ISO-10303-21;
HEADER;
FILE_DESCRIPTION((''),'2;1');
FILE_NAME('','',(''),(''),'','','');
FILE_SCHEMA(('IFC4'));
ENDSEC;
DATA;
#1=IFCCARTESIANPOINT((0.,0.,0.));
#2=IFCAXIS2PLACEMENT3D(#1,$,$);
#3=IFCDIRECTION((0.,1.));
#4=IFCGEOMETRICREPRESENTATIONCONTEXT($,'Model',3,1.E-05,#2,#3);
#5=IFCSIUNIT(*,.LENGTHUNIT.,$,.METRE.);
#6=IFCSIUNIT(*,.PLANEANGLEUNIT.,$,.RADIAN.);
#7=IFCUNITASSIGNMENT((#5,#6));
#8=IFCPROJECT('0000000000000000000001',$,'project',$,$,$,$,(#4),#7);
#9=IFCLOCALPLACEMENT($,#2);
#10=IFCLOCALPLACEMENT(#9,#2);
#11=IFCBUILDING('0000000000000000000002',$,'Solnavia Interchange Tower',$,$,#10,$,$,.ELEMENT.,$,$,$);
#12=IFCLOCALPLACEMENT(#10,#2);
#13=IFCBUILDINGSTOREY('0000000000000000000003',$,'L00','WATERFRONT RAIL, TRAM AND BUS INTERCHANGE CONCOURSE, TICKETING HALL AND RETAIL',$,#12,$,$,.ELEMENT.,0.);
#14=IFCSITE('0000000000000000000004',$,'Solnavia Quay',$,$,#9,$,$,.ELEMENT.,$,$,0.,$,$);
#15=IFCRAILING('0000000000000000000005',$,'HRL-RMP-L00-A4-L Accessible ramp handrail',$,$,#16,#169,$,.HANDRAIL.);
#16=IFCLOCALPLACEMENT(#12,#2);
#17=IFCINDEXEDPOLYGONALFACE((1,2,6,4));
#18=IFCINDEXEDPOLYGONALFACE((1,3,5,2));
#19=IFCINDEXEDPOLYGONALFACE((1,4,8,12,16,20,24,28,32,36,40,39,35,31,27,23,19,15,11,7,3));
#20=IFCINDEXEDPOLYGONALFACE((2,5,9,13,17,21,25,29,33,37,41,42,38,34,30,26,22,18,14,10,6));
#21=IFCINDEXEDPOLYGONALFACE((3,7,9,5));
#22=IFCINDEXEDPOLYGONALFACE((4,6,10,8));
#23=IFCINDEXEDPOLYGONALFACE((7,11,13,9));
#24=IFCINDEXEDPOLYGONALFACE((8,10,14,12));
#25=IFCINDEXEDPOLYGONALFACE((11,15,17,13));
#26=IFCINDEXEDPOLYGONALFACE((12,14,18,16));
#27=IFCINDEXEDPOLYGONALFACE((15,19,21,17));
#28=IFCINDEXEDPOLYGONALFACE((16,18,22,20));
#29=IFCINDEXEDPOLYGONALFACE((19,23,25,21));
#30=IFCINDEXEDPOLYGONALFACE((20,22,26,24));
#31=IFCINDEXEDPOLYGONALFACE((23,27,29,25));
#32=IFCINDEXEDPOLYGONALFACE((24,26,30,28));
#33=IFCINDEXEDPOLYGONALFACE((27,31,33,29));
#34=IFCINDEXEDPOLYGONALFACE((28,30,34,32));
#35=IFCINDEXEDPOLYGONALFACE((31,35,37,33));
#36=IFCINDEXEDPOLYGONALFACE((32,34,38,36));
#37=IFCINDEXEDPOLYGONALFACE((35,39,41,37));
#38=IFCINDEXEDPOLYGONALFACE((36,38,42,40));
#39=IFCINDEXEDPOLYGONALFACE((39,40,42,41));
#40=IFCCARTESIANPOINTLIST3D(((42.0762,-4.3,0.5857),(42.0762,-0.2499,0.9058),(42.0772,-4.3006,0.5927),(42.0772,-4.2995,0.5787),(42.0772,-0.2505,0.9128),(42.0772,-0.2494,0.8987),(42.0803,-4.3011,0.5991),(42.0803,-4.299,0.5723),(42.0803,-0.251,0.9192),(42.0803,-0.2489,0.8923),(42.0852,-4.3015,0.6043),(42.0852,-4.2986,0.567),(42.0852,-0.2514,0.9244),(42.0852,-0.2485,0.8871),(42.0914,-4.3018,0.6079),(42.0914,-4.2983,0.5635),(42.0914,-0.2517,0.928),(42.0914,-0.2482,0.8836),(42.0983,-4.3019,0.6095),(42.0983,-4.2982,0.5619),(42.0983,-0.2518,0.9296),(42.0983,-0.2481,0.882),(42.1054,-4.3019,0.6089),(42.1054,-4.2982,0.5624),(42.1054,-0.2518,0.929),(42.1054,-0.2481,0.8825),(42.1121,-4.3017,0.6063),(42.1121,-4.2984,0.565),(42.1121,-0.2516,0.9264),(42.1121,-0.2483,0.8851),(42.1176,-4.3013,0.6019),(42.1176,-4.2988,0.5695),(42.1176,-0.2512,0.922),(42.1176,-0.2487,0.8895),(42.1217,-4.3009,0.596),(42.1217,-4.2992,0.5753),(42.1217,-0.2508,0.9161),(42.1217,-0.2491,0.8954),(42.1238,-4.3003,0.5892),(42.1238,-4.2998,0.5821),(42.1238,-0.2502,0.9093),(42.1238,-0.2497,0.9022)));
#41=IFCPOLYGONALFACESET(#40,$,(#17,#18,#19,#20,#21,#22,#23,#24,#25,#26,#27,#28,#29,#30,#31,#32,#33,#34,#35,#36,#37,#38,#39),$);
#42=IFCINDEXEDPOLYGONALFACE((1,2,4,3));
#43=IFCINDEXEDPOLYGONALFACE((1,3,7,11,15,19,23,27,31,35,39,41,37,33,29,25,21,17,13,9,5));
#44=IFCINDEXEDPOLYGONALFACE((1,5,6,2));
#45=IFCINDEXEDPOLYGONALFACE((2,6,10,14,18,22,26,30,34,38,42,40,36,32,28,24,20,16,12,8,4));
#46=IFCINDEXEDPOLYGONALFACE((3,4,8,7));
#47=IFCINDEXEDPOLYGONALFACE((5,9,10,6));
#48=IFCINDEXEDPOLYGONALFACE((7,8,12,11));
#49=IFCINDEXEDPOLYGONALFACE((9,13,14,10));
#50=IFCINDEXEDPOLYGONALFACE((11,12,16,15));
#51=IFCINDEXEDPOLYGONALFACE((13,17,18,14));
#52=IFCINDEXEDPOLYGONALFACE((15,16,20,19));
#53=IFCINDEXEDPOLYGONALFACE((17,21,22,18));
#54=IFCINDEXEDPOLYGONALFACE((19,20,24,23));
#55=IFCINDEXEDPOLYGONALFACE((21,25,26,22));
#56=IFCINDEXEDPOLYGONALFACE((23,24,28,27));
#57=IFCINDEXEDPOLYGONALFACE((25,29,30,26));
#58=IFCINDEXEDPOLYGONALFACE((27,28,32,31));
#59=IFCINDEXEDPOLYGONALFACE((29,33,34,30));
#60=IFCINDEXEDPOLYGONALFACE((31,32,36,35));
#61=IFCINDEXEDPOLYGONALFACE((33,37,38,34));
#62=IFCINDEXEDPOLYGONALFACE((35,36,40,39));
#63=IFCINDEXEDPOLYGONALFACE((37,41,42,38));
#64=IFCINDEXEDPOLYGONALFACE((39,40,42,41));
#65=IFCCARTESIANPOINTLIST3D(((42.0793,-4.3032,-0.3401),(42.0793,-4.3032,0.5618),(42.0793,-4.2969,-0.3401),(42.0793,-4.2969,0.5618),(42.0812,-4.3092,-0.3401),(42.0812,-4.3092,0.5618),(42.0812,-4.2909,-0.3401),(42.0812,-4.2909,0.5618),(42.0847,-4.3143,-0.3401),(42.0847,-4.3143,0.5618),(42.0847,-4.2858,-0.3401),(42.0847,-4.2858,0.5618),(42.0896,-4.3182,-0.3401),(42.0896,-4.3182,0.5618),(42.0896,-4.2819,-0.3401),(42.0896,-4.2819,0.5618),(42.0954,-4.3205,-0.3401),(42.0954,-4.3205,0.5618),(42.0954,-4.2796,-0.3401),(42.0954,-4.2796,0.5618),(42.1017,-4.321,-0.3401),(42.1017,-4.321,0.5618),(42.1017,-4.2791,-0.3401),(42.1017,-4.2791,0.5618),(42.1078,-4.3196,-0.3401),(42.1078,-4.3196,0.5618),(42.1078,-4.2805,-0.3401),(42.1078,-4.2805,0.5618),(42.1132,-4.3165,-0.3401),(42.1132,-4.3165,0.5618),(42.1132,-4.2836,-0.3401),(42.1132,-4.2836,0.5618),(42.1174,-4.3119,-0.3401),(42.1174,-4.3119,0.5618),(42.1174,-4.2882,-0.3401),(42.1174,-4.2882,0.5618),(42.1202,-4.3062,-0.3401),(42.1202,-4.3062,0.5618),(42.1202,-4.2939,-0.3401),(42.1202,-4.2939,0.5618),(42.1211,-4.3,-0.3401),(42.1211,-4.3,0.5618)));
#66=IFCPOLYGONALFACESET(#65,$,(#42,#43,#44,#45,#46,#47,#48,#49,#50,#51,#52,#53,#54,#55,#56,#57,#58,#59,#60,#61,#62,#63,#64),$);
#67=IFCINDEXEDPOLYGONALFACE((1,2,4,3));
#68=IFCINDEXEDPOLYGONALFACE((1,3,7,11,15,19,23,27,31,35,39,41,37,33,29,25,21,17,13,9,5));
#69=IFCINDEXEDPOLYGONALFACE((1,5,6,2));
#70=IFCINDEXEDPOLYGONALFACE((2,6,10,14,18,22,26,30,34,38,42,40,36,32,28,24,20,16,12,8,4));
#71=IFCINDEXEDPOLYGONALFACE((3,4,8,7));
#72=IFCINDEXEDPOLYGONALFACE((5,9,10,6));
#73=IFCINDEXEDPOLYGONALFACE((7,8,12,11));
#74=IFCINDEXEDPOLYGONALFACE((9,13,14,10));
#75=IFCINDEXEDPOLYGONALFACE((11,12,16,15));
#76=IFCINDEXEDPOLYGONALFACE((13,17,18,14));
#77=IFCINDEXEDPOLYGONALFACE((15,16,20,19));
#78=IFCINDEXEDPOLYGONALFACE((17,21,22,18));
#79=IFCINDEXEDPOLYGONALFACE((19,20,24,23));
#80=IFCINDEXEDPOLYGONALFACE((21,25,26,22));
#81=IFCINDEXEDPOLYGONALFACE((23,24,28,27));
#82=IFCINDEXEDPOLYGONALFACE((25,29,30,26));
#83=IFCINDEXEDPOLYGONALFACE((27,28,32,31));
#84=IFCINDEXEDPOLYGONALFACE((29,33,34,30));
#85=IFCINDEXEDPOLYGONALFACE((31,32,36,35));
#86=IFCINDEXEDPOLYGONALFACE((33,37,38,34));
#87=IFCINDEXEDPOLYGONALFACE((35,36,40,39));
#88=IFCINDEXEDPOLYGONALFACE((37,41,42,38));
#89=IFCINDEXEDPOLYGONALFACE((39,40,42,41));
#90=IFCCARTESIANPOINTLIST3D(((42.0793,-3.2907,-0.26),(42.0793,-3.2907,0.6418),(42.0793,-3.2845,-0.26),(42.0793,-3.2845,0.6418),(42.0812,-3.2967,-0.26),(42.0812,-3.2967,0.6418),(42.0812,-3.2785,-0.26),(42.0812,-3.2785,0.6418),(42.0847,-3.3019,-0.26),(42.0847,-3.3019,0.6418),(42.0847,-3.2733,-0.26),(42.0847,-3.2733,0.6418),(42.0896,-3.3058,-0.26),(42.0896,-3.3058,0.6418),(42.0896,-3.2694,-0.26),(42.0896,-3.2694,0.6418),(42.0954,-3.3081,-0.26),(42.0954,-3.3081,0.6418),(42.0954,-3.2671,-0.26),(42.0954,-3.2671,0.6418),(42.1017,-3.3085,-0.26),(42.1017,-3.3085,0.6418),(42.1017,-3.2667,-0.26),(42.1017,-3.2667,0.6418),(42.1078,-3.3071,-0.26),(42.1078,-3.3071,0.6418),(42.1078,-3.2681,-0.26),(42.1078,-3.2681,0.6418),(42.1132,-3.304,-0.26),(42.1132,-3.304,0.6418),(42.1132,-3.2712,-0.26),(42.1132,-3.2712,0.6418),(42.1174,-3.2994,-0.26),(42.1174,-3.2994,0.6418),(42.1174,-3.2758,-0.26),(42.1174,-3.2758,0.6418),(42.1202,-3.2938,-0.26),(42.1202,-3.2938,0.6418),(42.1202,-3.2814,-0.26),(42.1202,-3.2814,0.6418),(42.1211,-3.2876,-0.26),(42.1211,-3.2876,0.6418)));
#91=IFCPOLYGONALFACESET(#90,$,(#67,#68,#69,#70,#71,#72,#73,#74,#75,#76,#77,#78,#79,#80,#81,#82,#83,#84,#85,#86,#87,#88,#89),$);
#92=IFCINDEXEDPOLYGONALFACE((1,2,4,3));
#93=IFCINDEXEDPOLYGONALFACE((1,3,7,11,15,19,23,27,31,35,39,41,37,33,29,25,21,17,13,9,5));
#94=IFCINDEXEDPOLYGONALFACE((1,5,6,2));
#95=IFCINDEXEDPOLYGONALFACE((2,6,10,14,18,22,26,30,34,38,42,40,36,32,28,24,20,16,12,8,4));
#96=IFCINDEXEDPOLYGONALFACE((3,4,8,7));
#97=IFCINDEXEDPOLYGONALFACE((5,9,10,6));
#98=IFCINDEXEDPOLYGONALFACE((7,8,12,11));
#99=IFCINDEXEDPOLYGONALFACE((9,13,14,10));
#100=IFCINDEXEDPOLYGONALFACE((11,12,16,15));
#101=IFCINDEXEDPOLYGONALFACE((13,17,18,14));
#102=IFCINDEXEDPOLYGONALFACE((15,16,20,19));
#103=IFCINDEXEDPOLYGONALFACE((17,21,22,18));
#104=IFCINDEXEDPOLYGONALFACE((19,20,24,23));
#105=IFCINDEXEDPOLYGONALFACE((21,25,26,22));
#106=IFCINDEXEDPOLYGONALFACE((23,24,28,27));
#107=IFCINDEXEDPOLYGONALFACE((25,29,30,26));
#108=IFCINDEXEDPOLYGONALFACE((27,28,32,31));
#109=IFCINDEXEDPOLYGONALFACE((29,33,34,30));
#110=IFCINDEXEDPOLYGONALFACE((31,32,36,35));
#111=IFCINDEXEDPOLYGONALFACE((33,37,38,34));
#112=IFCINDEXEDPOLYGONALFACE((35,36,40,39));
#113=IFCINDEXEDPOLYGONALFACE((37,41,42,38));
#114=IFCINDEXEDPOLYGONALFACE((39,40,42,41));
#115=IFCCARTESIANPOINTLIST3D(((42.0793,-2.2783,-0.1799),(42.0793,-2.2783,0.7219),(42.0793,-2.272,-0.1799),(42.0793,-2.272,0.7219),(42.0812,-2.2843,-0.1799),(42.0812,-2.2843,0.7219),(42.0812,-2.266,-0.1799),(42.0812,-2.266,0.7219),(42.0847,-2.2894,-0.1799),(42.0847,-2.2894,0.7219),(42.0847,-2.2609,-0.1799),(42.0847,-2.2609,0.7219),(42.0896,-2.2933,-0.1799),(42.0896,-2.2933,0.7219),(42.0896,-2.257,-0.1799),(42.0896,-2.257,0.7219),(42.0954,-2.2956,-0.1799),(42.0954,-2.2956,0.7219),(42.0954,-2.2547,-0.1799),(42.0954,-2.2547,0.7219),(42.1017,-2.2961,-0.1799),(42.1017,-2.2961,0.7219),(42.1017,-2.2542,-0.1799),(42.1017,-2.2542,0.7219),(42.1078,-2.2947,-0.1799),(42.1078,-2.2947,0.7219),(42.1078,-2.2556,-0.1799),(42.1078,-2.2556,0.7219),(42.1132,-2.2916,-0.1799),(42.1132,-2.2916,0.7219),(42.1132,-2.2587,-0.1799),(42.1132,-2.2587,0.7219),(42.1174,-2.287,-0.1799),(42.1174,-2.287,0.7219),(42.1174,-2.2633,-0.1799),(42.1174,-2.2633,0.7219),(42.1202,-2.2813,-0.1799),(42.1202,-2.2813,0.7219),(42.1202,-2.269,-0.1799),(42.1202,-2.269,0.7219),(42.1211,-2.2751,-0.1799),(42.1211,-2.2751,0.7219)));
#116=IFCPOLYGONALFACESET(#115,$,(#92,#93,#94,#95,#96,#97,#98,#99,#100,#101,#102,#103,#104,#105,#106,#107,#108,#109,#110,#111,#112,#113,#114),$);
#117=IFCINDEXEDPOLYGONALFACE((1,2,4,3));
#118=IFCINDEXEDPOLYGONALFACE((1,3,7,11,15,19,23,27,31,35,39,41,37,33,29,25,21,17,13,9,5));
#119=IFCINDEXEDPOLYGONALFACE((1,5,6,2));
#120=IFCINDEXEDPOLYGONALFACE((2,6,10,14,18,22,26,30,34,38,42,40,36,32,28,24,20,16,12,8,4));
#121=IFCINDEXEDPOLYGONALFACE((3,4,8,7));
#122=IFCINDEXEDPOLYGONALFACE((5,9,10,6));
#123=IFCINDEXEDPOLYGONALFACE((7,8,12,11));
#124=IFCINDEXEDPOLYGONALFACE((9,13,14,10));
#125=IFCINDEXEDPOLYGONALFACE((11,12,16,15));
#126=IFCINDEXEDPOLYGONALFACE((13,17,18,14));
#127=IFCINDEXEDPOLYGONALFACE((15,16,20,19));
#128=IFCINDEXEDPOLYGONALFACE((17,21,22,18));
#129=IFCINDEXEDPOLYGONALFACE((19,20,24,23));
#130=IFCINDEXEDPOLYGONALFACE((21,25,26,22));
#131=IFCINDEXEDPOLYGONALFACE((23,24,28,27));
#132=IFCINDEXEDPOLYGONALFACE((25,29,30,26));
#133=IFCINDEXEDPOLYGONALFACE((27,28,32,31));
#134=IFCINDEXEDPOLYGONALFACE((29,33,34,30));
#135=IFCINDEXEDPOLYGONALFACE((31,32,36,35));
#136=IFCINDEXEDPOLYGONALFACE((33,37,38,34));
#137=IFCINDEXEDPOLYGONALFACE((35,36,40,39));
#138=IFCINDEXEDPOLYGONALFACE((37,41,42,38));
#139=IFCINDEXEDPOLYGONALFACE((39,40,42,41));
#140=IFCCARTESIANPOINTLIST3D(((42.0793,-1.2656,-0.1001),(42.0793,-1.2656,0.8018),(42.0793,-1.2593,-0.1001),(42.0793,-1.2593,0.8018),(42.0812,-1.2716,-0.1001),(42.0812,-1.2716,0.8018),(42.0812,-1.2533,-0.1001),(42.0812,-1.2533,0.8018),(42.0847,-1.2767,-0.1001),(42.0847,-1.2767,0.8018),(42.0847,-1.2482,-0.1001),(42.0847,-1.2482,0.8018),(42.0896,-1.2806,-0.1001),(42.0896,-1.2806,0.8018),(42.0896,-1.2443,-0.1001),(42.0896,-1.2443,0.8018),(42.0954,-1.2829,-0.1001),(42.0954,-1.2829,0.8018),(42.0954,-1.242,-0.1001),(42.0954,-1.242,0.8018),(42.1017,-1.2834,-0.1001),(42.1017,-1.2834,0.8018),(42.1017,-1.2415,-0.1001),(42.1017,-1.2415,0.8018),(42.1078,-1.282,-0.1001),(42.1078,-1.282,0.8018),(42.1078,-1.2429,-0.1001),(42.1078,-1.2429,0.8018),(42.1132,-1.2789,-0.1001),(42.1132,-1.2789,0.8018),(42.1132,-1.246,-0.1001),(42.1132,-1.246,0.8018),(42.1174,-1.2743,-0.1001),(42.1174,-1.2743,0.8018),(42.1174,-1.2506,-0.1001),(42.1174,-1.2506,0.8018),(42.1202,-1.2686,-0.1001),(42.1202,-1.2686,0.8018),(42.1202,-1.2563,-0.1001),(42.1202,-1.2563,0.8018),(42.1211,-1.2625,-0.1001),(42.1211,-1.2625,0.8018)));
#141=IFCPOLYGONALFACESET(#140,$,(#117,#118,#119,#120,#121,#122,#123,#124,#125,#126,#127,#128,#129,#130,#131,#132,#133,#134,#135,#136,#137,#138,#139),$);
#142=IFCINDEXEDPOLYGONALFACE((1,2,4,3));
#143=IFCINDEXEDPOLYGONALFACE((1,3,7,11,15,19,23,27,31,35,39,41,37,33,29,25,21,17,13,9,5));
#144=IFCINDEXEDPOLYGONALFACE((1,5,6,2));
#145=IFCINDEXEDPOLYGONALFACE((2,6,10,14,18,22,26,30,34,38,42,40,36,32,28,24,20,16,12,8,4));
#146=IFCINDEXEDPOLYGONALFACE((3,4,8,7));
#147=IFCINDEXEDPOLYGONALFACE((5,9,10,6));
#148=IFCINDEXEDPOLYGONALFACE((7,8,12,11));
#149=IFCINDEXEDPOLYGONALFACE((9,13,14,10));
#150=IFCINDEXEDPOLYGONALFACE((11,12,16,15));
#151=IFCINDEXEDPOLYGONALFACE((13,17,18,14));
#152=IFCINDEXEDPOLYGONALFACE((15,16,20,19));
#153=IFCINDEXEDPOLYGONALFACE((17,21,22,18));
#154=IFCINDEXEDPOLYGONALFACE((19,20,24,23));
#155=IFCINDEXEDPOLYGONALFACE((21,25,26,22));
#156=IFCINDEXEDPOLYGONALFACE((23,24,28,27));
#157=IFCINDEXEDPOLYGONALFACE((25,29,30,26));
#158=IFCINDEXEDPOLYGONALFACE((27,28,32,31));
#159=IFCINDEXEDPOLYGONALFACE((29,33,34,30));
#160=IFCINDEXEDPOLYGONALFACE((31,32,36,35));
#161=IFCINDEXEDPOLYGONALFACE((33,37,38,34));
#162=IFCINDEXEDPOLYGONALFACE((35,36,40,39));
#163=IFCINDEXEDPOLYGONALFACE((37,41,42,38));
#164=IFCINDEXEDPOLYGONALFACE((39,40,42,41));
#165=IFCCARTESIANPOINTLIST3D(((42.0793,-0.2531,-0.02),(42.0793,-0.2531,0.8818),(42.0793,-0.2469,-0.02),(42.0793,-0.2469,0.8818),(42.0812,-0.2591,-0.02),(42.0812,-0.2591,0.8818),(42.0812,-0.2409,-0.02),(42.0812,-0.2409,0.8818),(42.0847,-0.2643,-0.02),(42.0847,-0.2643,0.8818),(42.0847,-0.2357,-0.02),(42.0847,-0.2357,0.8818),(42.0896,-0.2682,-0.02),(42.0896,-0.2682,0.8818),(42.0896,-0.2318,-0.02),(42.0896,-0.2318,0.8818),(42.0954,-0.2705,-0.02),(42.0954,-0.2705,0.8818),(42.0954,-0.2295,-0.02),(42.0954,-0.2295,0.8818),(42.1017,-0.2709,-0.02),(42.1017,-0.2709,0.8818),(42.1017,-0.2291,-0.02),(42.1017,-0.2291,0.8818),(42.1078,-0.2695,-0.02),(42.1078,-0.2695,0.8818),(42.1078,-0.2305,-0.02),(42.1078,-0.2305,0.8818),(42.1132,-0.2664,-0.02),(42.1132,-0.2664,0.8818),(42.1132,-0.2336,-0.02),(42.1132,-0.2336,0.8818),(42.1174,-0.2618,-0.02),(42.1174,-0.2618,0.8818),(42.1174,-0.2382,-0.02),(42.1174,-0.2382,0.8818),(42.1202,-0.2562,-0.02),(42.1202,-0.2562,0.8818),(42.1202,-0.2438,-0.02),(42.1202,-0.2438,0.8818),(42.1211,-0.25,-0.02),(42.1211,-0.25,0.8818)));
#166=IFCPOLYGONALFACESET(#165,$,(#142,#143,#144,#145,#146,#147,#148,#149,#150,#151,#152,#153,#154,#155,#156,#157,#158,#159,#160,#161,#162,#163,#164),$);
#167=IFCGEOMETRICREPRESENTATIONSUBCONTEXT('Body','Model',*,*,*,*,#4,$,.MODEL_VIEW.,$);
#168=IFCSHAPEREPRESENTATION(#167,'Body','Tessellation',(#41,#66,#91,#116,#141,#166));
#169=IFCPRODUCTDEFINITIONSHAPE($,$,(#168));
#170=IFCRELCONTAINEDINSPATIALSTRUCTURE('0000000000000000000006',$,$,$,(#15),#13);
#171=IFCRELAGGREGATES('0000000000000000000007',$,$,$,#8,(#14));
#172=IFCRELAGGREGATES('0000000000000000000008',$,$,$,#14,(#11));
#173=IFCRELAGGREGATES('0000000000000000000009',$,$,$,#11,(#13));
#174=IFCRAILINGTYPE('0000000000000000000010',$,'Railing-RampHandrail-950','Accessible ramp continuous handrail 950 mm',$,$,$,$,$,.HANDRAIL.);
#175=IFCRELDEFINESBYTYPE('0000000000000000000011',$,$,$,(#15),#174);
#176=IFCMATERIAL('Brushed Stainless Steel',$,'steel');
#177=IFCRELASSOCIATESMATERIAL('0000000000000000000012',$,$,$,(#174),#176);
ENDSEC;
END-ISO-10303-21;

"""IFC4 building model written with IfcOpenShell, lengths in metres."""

from ifc_helpers import new_model, si_unit, direction, frame, origin, origin_2d, place, context, subcontext, project, spatial, circle, extrude, material, type_object, element, save


model = new_model("IFC4")

# Units and contexts
model_context = context("Model", 3, precision=1e-05, world=origin(), true_north=direction((0.0, 1.0)))
body_context = subcontext(model_context, "Body", "Model", "MODEL_VIEW")
ifc_project = project(units=[si_unit("LENGTHUNIT", "METRE"), si_unit("PLANEANGLEUNIT", "RADIAN")], contexts=[model_context])

# Site, building, storey
site_placement = place(None, origin())
site = spatial("IfcSite", under=ifc_project, at=site_placement, Name="Solnavia Quay", CompositionType="ELEMENT", RefElevation=0.0)
building_placement = place(site_placement, origin())
building = spatial("IfcBuilding", under=site, at=building_placement, Name="Solnavia Interchange Tower", CompositionType="ELEMENT")
storey_placement = place(building_placement, origin())
storey = spatial("IfcBuildingStorey", under=building, at=storey_placement, Name="L00", Description="WATERFRONT RAIL, TRAM AND BUS INTERCHANGE CONCOURSE, TICKETING HALL AND RETAIL", CompositionType="ELEMENT", Elevation=0.0)

# Railing
ifc_material_1 = material(Name="Brushed Stainless Steel", Category="steel")
railing_type = type_object("IfcRailingType", Name="Railing-RampHandrail-950", Description="Accessible ramp continuous handrail 950 mm", PredefinedType="HANDRAIL", material=ifc_material_1)
for number, where, name in (
    (1, (42.1001, -4.3, -0.3401), "HRL-RMP-L00-A4-L Accessible ramp handrail"),
):
    element("IfcRailing", number, at=place(storey_placement, frame(where)), inside=storey, type_object=railing_type, Name=name, PredefinedType="HANDRAIL", context=body_context, shape_type="SweptSolid", body=[
        extrude(circle(Radius=0.0239, at=origin_2d()), frame((0.0, 0.0, 0.9258), z_axis=(0.0, 0.996892, 0.078783), x_axis=(-1.0, 0.0, 0.0)), (0.0, 0.0, 1.0), 4.0627),
        extrude(circle(Radius=0.021, at=origin_2d()), origin(), (0.0, 0.0, 1.0), 0.9019),
        extrude(circle(Radius=0.021, at=origin_2d()), frame((0.0, 1.0125, 0.0801)), (0.0, 0.0, 1.0), 0.9019),
        extrude(circle(Radius=0.021, at=origin_2d()), frame((0.0, 2.0249, 0.1602)), (0.0, 0.0, 1.0), 0.9019),
        extrude(circle(Radius=0.021, at=origin_2d()), frame((0.0, 3.0376, 0.24)), (0.0, 0.0, 1.0), 0.9019),
        extrude(circle(Radius=0.021, at=origin_2d()), frame((0.0, 4.05, 0.3201)), (0.0, 0.0, 1.0), 0.9019),
    ])

save(model, "model.ifc")
